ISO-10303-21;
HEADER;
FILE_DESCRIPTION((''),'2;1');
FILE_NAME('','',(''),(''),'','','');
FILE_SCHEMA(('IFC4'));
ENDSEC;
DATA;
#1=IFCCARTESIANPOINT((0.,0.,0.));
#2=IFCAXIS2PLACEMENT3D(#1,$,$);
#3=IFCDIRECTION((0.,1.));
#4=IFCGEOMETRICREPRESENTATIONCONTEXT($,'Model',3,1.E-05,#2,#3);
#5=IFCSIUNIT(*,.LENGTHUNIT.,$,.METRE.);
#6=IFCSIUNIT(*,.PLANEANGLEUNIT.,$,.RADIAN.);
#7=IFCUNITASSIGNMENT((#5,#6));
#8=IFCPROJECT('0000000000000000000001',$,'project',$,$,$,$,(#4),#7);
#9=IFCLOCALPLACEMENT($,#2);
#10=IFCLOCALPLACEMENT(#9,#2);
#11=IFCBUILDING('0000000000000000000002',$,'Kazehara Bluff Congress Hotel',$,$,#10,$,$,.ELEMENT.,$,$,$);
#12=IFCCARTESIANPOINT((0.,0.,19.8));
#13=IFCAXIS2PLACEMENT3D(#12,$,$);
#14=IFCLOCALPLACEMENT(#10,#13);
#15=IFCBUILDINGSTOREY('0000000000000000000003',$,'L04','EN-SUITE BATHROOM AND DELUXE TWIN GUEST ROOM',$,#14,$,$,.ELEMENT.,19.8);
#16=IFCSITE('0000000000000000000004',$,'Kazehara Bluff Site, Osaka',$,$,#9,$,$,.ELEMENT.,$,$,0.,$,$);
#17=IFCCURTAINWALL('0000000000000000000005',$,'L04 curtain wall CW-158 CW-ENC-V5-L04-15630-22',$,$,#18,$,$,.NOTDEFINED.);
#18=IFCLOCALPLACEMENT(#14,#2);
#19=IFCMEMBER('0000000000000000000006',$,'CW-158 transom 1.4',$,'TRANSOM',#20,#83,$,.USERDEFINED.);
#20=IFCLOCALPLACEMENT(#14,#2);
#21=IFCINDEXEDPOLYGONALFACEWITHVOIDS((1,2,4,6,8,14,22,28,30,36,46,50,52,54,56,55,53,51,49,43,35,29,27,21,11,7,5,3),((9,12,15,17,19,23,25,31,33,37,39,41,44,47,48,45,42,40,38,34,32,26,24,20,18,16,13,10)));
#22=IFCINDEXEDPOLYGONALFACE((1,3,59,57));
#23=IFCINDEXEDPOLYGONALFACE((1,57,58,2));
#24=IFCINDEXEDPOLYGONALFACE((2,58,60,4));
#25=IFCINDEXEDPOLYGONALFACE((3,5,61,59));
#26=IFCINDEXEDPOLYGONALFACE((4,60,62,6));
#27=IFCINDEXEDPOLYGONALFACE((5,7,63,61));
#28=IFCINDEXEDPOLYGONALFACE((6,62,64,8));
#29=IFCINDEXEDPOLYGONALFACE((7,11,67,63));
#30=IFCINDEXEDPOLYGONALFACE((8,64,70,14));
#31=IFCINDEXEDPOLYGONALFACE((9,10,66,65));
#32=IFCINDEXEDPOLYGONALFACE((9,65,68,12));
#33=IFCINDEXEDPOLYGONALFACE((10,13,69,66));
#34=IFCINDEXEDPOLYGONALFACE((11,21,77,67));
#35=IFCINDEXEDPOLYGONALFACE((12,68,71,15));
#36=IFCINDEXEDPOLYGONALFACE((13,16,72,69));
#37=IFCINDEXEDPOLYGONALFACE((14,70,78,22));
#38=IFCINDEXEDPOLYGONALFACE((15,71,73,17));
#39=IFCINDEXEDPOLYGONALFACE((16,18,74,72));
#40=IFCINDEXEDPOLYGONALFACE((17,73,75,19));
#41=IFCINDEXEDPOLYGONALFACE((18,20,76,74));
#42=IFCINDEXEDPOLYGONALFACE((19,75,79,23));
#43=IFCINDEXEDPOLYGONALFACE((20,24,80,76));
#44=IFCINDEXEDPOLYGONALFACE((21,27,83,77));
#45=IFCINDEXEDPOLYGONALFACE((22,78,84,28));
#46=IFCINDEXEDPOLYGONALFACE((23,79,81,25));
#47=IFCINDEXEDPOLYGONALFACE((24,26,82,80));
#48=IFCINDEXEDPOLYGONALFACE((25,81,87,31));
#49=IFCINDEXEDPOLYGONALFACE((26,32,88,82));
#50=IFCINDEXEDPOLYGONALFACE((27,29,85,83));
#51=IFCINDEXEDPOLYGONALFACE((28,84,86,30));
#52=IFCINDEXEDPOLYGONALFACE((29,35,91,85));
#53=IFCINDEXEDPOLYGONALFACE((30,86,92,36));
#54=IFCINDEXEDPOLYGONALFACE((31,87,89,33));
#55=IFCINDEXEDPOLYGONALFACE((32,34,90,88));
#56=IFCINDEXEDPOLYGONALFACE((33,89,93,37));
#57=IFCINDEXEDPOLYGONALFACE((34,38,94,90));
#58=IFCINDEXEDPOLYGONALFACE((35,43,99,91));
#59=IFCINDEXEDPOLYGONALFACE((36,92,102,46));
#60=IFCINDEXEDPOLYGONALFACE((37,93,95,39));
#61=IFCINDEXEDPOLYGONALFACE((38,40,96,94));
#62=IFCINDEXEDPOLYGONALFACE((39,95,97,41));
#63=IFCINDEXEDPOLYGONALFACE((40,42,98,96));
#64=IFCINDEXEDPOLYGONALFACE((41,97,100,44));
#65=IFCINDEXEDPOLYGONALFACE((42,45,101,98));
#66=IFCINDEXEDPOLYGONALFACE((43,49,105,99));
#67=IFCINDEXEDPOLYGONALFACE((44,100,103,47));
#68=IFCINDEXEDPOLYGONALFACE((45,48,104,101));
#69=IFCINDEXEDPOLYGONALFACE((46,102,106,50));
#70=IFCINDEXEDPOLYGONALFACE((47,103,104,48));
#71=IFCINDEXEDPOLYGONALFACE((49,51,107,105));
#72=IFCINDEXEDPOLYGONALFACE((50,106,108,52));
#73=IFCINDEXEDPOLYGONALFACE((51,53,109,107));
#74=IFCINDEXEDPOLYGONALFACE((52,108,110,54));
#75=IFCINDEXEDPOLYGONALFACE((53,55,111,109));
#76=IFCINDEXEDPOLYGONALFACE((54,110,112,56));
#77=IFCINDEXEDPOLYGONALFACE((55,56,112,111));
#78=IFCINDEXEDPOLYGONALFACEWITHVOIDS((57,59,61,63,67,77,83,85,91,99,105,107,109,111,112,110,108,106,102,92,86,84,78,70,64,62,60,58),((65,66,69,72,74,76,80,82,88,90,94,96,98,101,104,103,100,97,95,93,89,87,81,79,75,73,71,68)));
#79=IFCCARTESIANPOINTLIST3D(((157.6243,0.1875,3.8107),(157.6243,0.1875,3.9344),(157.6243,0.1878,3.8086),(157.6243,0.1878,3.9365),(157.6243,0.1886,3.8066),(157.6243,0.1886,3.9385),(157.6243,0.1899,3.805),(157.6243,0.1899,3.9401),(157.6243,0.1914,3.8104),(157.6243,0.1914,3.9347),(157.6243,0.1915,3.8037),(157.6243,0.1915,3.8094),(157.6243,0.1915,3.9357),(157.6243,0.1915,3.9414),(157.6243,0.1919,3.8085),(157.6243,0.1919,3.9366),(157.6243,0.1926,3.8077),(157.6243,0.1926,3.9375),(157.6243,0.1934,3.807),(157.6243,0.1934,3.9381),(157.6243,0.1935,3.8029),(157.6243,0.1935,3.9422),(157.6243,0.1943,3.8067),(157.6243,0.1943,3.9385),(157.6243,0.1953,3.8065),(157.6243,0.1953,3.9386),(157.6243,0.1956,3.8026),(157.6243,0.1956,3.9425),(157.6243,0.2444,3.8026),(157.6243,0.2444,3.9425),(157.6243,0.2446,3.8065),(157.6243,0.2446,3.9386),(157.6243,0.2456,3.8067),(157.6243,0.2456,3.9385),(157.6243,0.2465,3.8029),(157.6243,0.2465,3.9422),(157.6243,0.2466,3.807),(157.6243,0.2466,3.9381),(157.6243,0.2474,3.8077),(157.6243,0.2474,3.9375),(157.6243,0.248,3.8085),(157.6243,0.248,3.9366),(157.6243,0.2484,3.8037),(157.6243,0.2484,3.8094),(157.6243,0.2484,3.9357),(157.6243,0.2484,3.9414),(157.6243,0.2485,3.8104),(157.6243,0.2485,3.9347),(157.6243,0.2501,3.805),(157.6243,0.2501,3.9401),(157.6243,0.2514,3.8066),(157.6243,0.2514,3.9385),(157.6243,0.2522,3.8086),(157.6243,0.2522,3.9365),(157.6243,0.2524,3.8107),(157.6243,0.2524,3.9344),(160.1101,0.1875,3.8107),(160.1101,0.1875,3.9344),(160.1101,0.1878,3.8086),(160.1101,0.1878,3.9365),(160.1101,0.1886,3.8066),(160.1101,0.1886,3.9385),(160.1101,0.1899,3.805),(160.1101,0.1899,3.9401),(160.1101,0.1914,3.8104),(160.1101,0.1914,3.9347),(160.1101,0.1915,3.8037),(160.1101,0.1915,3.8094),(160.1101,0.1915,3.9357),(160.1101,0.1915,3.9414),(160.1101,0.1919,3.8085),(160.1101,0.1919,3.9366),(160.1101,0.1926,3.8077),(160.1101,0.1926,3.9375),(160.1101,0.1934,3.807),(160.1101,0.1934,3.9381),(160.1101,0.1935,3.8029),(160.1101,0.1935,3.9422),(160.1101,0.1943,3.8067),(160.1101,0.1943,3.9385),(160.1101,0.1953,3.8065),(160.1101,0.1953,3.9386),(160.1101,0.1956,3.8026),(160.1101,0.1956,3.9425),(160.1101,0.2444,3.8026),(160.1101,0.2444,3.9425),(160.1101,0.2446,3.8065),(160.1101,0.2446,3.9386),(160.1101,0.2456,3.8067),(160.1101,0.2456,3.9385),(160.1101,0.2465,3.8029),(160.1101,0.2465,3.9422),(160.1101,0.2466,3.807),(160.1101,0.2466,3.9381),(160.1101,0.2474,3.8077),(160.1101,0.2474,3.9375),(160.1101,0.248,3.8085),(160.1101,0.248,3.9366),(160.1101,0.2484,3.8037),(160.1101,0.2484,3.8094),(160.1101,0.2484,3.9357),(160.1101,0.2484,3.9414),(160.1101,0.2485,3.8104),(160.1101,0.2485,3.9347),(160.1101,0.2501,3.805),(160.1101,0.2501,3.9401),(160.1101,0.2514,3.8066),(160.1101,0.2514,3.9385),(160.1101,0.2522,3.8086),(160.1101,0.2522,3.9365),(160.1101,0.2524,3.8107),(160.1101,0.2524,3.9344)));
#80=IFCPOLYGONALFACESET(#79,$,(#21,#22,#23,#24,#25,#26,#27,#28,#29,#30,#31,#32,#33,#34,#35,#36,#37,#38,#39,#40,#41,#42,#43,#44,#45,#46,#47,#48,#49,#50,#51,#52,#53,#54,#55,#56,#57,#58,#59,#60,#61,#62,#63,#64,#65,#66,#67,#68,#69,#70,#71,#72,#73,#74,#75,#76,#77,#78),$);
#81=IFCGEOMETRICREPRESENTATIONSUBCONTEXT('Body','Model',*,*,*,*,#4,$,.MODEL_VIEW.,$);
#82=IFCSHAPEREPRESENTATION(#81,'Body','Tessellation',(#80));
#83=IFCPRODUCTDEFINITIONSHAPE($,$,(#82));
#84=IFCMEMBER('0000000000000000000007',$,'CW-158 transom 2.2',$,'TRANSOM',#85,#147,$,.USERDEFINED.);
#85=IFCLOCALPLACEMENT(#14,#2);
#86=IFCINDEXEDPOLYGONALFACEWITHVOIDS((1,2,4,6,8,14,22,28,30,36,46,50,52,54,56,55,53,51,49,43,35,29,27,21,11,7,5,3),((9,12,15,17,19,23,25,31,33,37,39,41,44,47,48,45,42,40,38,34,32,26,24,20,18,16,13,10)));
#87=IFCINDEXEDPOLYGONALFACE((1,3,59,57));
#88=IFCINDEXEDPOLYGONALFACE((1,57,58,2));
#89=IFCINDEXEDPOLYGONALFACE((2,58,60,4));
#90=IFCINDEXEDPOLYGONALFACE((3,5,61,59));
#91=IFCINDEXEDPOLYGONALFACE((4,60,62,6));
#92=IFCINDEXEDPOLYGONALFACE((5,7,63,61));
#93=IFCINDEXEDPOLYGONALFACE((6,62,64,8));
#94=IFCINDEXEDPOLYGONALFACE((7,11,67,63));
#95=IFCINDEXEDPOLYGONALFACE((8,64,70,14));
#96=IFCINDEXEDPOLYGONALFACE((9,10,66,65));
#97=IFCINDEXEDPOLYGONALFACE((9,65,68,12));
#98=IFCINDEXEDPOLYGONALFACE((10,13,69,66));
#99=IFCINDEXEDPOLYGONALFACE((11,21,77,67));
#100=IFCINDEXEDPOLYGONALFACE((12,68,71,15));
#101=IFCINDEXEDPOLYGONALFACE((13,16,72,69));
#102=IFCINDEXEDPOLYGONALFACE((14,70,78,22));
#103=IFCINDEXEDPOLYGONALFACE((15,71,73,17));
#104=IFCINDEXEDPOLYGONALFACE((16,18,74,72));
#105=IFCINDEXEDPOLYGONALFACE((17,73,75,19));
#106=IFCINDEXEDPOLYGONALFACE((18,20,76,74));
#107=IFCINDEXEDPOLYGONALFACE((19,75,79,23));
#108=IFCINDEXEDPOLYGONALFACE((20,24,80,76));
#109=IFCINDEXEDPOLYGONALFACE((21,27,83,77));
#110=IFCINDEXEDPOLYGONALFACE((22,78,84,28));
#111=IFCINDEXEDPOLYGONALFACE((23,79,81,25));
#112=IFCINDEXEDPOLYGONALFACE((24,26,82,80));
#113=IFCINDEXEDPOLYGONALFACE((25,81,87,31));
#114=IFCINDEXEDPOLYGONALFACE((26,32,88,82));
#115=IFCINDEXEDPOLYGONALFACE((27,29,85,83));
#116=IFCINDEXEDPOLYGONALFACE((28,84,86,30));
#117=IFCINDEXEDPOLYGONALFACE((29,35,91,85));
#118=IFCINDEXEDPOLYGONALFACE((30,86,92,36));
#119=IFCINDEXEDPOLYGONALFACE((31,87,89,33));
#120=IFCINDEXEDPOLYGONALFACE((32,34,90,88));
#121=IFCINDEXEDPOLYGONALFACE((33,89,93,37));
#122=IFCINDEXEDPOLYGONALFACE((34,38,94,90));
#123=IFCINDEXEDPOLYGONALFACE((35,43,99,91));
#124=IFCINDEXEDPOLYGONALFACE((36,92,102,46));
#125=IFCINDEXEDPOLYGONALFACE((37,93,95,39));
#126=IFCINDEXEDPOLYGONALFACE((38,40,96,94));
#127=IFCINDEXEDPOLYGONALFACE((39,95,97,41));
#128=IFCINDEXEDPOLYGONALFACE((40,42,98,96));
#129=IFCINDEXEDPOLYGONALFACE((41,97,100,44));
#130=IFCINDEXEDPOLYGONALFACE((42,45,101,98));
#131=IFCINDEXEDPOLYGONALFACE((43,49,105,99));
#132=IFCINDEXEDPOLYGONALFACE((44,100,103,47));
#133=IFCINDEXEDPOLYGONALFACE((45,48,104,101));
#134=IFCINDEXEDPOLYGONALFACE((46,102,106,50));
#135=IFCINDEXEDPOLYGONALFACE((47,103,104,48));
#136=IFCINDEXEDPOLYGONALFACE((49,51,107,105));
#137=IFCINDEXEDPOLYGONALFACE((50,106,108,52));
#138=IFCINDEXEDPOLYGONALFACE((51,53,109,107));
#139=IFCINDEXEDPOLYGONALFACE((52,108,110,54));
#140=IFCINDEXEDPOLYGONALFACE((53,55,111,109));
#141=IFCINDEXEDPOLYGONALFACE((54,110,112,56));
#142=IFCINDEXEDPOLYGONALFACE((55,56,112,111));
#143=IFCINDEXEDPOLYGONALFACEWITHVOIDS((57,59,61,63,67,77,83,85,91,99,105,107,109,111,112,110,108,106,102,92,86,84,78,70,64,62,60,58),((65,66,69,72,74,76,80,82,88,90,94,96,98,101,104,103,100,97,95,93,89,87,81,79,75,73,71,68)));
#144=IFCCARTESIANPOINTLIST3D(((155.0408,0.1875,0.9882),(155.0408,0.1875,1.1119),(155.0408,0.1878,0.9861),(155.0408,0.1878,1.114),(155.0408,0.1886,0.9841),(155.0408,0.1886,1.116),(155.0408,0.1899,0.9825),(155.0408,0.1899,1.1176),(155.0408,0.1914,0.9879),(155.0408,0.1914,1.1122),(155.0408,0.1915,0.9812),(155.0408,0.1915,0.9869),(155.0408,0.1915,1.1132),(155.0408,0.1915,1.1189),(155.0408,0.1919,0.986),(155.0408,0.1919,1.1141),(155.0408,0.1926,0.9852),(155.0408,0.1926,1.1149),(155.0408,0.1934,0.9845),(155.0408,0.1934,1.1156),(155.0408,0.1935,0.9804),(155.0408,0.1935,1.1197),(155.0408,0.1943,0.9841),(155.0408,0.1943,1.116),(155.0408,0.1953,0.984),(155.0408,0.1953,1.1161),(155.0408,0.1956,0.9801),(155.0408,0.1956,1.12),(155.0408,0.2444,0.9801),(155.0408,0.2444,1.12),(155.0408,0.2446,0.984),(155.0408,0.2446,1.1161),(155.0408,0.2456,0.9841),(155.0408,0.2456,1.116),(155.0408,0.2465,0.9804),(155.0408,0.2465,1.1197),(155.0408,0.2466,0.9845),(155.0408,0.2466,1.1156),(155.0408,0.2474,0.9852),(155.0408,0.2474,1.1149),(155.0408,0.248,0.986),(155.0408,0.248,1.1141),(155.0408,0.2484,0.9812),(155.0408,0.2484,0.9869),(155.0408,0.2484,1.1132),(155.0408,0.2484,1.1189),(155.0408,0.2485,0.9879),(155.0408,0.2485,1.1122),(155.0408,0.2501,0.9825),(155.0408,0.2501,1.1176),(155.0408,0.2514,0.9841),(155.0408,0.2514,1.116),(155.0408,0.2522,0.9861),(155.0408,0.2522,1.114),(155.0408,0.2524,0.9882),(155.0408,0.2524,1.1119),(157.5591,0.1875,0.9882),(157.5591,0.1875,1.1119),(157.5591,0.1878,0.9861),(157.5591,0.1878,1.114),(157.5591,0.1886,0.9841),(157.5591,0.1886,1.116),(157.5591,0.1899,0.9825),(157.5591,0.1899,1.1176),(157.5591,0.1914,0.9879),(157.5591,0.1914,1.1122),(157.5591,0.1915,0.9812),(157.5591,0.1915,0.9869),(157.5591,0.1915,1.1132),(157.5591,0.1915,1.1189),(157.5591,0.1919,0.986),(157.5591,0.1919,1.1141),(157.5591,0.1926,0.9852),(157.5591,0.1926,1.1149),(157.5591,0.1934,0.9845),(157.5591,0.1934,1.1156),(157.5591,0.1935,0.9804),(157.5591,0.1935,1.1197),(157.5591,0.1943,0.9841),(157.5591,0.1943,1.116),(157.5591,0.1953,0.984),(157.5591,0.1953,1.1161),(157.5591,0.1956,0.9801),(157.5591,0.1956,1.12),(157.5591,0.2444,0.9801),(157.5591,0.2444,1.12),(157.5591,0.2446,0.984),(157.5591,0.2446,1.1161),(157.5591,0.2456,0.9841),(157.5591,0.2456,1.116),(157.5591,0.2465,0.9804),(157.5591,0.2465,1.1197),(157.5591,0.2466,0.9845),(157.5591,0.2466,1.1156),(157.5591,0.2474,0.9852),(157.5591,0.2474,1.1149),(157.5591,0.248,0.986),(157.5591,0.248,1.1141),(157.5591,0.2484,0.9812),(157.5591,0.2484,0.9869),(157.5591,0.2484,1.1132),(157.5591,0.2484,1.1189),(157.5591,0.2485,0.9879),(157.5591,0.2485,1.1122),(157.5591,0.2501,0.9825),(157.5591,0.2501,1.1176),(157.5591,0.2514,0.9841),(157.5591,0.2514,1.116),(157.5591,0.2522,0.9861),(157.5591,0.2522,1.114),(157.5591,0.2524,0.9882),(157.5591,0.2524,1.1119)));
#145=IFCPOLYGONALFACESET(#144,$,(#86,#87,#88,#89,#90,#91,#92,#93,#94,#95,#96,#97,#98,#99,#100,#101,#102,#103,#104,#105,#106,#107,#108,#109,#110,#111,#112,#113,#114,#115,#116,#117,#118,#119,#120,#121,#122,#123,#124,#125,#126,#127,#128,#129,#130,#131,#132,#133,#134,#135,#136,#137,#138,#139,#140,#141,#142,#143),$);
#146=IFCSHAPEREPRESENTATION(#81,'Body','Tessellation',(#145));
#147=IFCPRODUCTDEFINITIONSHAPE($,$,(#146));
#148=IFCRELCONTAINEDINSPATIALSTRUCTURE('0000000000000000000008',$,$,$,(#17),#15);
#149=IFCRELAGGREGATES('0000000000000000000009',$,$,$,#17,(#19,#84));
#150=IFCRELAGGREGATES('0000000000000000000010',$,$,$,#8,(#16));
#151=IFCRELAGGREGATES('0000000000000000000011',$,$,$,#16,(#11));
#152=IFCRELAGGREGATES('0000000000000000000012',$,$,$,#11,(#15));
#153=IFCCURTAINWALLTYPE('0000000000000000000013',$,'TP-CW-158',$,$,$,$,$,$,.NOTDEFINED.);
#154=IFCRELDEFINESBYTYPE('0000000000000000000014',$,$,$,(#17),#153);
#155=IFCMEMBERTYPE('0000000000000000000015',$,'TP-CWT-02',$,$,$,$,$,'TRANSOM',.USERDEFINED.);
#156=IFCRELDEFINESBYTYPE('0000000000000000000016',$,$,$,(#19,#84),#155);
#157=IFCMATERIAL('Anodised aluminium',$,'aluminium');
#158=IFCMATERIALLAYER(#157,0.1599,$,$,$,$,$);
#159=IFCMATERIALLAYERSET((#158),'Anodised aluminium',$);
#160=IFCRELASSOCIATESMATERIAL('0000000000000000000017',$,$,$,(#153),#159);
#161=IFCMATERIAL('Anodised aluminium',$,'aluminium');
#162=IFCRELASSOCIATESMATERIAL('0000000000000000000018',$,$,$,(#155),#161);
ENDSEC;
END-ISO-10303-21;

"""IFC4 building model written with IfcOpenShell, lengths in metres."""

from ifc_helpers import new_model, si_unit, direction, frame, origin, origin_2d, place, context, subcontext, project, spatial, hollow_rectangle, extrude, material, layer, layer_set, material_profile, profile_set, type_object, element, aggregate, save


model = new_model("IFC4")

# Units and contexts
model_context = context("Model", 3, precision=1e-05, world=origin(), true_north=direction((0.0, 1.0)))
body_context = subcontext(model_context, "Body", "Model", "MODEL_VIEW")
ifc_project = project(units=[si_unit("LENGTHUNIT", "METRE"), si_unit("PLANEANGLEUNIT", "RADIAN")], contexts=[model_context])

# Site, building, storey
site_placement = place(None, origin())
site = spatial("IfcSite", under=ifc_project, at=site_placement, Name="Kazehara Bluff Site, Osaka", CompositionType="ELEMENT", RefElevation=0.0)
building_placement = place(site_placement, origin())
building = spatial("IfcBuilding", under=site, at=building_placement, Name="Kazehara Bluff Congress Hotel", CompositionType="ELEMENT")
storey_placement = place(building_placement, frame((0.0, 0.0, 19.8)))
storey = spatial("IfcBuildingStorey", under=building, at=storey_placement, Name="L04", Description="EN-SUITE BATHROOM AND DELUXE TWIN GUEST ROOM", CompositionType="ELEMENT", Elevation=19.8)

# Curtain wall
ifc_material_1 = material(Name="Anodised aluminium", Category="aluminium")
ifc_layer_1 = layer(ifc_material_1, 0.1599)
ifc_layer_set_1 = layer_set([ifc_layer_1], Name="Anodised aluminium")
curtain_wall_type_1 = type_object("IfcCurtainWallType", Name="TP-CW-158", PredefinedType="NOTDEFINED", material=ifc_layer_set_1)
curtain_wall_1_placement = place(storey_placement, origin())
curtain_wall_1 = element("IfcCurtainWall", 1, at=curtain_wall_1_placement, inside=storey, type_object=curtain_wall_type_1, Name="L04 curtain wall CW-158 CW-ENC-V5-L04-15630-22", PredefinedType="NOTDEFINED")

# Members
ifc_material_2 = material(Name="Anodised aluminium", Category="aluminium")
ifc_material_profile_1 = material_profile(ifc_material_2, hollow_rectangle(XDim=0.0649, YDim=0.1399, WallThickness=0.0039, InnerFilletRadius=0.0039, OuterFilletRadius=0.0081, at=origin_2d()))
ifc_profile_set_1 = profile_set([ifc_material_profile_1], Name="Anodised aluminium")
member_type_1 = type_object("IfcMemberType", Name="TP-CWT-02", ElementType="TRANSOM", PredefinedType="USERDEFINED", material=ifc_profile_set_1)
member_1_placement = place(storey_placement, frame((160.1101, 0.22, 3.8726), z_axis=(-1.0, 0.0, 0.0), x_axis=(0.0, -1.0, 0.0)))
member_1 = element("IfcMember", 2, at=member_1_placement, type_object=member_type_1, Name="CW-158 transom 1.4", ObjectType="TRANSOM", PredefinedType="USERDEFINED", context=body_context, shape_type="SweptSolid", body=[
    extrude(hollow_rectangle(XDim=0.0649, YDim=0.1399, WallThickness=0.0039, InnerFilletRadius=0.0039, OuterFilletRadius=0.0081, at=origin_2d()), origin(), (0.0, 0.0, 1.0), 2.4858),
])
member_2_placement = place(storey_placement, frame((157.5591, 0.22, 1.05), z_axis=(-1.0, 0.0, 0.0), x_axis=(0.0, -1.0, 0.0)))
member_2 = element("IfcMember", 3, at=member_2_placement, type_object=member_type_1, Name="CW-158 transom 2.2", ObjectType="TRANSOM", PredefinedType="USERDEFINED", context=body_context, shape_type="SweptSolid", body=[
    extrude(hollow_rectangle(XDim=0.0649, YDim=0.1399, WallThickness=0.0039, InnerFilletRadius=0.0039, OuterFilletRadius=0.0081, at=origin_2d()), origin(), (0.0, 0.0, 1.0), 2.5183),
])

aggregate(curtain_wall_1, [member_1, member_2])

save(model, "model.ifc")
